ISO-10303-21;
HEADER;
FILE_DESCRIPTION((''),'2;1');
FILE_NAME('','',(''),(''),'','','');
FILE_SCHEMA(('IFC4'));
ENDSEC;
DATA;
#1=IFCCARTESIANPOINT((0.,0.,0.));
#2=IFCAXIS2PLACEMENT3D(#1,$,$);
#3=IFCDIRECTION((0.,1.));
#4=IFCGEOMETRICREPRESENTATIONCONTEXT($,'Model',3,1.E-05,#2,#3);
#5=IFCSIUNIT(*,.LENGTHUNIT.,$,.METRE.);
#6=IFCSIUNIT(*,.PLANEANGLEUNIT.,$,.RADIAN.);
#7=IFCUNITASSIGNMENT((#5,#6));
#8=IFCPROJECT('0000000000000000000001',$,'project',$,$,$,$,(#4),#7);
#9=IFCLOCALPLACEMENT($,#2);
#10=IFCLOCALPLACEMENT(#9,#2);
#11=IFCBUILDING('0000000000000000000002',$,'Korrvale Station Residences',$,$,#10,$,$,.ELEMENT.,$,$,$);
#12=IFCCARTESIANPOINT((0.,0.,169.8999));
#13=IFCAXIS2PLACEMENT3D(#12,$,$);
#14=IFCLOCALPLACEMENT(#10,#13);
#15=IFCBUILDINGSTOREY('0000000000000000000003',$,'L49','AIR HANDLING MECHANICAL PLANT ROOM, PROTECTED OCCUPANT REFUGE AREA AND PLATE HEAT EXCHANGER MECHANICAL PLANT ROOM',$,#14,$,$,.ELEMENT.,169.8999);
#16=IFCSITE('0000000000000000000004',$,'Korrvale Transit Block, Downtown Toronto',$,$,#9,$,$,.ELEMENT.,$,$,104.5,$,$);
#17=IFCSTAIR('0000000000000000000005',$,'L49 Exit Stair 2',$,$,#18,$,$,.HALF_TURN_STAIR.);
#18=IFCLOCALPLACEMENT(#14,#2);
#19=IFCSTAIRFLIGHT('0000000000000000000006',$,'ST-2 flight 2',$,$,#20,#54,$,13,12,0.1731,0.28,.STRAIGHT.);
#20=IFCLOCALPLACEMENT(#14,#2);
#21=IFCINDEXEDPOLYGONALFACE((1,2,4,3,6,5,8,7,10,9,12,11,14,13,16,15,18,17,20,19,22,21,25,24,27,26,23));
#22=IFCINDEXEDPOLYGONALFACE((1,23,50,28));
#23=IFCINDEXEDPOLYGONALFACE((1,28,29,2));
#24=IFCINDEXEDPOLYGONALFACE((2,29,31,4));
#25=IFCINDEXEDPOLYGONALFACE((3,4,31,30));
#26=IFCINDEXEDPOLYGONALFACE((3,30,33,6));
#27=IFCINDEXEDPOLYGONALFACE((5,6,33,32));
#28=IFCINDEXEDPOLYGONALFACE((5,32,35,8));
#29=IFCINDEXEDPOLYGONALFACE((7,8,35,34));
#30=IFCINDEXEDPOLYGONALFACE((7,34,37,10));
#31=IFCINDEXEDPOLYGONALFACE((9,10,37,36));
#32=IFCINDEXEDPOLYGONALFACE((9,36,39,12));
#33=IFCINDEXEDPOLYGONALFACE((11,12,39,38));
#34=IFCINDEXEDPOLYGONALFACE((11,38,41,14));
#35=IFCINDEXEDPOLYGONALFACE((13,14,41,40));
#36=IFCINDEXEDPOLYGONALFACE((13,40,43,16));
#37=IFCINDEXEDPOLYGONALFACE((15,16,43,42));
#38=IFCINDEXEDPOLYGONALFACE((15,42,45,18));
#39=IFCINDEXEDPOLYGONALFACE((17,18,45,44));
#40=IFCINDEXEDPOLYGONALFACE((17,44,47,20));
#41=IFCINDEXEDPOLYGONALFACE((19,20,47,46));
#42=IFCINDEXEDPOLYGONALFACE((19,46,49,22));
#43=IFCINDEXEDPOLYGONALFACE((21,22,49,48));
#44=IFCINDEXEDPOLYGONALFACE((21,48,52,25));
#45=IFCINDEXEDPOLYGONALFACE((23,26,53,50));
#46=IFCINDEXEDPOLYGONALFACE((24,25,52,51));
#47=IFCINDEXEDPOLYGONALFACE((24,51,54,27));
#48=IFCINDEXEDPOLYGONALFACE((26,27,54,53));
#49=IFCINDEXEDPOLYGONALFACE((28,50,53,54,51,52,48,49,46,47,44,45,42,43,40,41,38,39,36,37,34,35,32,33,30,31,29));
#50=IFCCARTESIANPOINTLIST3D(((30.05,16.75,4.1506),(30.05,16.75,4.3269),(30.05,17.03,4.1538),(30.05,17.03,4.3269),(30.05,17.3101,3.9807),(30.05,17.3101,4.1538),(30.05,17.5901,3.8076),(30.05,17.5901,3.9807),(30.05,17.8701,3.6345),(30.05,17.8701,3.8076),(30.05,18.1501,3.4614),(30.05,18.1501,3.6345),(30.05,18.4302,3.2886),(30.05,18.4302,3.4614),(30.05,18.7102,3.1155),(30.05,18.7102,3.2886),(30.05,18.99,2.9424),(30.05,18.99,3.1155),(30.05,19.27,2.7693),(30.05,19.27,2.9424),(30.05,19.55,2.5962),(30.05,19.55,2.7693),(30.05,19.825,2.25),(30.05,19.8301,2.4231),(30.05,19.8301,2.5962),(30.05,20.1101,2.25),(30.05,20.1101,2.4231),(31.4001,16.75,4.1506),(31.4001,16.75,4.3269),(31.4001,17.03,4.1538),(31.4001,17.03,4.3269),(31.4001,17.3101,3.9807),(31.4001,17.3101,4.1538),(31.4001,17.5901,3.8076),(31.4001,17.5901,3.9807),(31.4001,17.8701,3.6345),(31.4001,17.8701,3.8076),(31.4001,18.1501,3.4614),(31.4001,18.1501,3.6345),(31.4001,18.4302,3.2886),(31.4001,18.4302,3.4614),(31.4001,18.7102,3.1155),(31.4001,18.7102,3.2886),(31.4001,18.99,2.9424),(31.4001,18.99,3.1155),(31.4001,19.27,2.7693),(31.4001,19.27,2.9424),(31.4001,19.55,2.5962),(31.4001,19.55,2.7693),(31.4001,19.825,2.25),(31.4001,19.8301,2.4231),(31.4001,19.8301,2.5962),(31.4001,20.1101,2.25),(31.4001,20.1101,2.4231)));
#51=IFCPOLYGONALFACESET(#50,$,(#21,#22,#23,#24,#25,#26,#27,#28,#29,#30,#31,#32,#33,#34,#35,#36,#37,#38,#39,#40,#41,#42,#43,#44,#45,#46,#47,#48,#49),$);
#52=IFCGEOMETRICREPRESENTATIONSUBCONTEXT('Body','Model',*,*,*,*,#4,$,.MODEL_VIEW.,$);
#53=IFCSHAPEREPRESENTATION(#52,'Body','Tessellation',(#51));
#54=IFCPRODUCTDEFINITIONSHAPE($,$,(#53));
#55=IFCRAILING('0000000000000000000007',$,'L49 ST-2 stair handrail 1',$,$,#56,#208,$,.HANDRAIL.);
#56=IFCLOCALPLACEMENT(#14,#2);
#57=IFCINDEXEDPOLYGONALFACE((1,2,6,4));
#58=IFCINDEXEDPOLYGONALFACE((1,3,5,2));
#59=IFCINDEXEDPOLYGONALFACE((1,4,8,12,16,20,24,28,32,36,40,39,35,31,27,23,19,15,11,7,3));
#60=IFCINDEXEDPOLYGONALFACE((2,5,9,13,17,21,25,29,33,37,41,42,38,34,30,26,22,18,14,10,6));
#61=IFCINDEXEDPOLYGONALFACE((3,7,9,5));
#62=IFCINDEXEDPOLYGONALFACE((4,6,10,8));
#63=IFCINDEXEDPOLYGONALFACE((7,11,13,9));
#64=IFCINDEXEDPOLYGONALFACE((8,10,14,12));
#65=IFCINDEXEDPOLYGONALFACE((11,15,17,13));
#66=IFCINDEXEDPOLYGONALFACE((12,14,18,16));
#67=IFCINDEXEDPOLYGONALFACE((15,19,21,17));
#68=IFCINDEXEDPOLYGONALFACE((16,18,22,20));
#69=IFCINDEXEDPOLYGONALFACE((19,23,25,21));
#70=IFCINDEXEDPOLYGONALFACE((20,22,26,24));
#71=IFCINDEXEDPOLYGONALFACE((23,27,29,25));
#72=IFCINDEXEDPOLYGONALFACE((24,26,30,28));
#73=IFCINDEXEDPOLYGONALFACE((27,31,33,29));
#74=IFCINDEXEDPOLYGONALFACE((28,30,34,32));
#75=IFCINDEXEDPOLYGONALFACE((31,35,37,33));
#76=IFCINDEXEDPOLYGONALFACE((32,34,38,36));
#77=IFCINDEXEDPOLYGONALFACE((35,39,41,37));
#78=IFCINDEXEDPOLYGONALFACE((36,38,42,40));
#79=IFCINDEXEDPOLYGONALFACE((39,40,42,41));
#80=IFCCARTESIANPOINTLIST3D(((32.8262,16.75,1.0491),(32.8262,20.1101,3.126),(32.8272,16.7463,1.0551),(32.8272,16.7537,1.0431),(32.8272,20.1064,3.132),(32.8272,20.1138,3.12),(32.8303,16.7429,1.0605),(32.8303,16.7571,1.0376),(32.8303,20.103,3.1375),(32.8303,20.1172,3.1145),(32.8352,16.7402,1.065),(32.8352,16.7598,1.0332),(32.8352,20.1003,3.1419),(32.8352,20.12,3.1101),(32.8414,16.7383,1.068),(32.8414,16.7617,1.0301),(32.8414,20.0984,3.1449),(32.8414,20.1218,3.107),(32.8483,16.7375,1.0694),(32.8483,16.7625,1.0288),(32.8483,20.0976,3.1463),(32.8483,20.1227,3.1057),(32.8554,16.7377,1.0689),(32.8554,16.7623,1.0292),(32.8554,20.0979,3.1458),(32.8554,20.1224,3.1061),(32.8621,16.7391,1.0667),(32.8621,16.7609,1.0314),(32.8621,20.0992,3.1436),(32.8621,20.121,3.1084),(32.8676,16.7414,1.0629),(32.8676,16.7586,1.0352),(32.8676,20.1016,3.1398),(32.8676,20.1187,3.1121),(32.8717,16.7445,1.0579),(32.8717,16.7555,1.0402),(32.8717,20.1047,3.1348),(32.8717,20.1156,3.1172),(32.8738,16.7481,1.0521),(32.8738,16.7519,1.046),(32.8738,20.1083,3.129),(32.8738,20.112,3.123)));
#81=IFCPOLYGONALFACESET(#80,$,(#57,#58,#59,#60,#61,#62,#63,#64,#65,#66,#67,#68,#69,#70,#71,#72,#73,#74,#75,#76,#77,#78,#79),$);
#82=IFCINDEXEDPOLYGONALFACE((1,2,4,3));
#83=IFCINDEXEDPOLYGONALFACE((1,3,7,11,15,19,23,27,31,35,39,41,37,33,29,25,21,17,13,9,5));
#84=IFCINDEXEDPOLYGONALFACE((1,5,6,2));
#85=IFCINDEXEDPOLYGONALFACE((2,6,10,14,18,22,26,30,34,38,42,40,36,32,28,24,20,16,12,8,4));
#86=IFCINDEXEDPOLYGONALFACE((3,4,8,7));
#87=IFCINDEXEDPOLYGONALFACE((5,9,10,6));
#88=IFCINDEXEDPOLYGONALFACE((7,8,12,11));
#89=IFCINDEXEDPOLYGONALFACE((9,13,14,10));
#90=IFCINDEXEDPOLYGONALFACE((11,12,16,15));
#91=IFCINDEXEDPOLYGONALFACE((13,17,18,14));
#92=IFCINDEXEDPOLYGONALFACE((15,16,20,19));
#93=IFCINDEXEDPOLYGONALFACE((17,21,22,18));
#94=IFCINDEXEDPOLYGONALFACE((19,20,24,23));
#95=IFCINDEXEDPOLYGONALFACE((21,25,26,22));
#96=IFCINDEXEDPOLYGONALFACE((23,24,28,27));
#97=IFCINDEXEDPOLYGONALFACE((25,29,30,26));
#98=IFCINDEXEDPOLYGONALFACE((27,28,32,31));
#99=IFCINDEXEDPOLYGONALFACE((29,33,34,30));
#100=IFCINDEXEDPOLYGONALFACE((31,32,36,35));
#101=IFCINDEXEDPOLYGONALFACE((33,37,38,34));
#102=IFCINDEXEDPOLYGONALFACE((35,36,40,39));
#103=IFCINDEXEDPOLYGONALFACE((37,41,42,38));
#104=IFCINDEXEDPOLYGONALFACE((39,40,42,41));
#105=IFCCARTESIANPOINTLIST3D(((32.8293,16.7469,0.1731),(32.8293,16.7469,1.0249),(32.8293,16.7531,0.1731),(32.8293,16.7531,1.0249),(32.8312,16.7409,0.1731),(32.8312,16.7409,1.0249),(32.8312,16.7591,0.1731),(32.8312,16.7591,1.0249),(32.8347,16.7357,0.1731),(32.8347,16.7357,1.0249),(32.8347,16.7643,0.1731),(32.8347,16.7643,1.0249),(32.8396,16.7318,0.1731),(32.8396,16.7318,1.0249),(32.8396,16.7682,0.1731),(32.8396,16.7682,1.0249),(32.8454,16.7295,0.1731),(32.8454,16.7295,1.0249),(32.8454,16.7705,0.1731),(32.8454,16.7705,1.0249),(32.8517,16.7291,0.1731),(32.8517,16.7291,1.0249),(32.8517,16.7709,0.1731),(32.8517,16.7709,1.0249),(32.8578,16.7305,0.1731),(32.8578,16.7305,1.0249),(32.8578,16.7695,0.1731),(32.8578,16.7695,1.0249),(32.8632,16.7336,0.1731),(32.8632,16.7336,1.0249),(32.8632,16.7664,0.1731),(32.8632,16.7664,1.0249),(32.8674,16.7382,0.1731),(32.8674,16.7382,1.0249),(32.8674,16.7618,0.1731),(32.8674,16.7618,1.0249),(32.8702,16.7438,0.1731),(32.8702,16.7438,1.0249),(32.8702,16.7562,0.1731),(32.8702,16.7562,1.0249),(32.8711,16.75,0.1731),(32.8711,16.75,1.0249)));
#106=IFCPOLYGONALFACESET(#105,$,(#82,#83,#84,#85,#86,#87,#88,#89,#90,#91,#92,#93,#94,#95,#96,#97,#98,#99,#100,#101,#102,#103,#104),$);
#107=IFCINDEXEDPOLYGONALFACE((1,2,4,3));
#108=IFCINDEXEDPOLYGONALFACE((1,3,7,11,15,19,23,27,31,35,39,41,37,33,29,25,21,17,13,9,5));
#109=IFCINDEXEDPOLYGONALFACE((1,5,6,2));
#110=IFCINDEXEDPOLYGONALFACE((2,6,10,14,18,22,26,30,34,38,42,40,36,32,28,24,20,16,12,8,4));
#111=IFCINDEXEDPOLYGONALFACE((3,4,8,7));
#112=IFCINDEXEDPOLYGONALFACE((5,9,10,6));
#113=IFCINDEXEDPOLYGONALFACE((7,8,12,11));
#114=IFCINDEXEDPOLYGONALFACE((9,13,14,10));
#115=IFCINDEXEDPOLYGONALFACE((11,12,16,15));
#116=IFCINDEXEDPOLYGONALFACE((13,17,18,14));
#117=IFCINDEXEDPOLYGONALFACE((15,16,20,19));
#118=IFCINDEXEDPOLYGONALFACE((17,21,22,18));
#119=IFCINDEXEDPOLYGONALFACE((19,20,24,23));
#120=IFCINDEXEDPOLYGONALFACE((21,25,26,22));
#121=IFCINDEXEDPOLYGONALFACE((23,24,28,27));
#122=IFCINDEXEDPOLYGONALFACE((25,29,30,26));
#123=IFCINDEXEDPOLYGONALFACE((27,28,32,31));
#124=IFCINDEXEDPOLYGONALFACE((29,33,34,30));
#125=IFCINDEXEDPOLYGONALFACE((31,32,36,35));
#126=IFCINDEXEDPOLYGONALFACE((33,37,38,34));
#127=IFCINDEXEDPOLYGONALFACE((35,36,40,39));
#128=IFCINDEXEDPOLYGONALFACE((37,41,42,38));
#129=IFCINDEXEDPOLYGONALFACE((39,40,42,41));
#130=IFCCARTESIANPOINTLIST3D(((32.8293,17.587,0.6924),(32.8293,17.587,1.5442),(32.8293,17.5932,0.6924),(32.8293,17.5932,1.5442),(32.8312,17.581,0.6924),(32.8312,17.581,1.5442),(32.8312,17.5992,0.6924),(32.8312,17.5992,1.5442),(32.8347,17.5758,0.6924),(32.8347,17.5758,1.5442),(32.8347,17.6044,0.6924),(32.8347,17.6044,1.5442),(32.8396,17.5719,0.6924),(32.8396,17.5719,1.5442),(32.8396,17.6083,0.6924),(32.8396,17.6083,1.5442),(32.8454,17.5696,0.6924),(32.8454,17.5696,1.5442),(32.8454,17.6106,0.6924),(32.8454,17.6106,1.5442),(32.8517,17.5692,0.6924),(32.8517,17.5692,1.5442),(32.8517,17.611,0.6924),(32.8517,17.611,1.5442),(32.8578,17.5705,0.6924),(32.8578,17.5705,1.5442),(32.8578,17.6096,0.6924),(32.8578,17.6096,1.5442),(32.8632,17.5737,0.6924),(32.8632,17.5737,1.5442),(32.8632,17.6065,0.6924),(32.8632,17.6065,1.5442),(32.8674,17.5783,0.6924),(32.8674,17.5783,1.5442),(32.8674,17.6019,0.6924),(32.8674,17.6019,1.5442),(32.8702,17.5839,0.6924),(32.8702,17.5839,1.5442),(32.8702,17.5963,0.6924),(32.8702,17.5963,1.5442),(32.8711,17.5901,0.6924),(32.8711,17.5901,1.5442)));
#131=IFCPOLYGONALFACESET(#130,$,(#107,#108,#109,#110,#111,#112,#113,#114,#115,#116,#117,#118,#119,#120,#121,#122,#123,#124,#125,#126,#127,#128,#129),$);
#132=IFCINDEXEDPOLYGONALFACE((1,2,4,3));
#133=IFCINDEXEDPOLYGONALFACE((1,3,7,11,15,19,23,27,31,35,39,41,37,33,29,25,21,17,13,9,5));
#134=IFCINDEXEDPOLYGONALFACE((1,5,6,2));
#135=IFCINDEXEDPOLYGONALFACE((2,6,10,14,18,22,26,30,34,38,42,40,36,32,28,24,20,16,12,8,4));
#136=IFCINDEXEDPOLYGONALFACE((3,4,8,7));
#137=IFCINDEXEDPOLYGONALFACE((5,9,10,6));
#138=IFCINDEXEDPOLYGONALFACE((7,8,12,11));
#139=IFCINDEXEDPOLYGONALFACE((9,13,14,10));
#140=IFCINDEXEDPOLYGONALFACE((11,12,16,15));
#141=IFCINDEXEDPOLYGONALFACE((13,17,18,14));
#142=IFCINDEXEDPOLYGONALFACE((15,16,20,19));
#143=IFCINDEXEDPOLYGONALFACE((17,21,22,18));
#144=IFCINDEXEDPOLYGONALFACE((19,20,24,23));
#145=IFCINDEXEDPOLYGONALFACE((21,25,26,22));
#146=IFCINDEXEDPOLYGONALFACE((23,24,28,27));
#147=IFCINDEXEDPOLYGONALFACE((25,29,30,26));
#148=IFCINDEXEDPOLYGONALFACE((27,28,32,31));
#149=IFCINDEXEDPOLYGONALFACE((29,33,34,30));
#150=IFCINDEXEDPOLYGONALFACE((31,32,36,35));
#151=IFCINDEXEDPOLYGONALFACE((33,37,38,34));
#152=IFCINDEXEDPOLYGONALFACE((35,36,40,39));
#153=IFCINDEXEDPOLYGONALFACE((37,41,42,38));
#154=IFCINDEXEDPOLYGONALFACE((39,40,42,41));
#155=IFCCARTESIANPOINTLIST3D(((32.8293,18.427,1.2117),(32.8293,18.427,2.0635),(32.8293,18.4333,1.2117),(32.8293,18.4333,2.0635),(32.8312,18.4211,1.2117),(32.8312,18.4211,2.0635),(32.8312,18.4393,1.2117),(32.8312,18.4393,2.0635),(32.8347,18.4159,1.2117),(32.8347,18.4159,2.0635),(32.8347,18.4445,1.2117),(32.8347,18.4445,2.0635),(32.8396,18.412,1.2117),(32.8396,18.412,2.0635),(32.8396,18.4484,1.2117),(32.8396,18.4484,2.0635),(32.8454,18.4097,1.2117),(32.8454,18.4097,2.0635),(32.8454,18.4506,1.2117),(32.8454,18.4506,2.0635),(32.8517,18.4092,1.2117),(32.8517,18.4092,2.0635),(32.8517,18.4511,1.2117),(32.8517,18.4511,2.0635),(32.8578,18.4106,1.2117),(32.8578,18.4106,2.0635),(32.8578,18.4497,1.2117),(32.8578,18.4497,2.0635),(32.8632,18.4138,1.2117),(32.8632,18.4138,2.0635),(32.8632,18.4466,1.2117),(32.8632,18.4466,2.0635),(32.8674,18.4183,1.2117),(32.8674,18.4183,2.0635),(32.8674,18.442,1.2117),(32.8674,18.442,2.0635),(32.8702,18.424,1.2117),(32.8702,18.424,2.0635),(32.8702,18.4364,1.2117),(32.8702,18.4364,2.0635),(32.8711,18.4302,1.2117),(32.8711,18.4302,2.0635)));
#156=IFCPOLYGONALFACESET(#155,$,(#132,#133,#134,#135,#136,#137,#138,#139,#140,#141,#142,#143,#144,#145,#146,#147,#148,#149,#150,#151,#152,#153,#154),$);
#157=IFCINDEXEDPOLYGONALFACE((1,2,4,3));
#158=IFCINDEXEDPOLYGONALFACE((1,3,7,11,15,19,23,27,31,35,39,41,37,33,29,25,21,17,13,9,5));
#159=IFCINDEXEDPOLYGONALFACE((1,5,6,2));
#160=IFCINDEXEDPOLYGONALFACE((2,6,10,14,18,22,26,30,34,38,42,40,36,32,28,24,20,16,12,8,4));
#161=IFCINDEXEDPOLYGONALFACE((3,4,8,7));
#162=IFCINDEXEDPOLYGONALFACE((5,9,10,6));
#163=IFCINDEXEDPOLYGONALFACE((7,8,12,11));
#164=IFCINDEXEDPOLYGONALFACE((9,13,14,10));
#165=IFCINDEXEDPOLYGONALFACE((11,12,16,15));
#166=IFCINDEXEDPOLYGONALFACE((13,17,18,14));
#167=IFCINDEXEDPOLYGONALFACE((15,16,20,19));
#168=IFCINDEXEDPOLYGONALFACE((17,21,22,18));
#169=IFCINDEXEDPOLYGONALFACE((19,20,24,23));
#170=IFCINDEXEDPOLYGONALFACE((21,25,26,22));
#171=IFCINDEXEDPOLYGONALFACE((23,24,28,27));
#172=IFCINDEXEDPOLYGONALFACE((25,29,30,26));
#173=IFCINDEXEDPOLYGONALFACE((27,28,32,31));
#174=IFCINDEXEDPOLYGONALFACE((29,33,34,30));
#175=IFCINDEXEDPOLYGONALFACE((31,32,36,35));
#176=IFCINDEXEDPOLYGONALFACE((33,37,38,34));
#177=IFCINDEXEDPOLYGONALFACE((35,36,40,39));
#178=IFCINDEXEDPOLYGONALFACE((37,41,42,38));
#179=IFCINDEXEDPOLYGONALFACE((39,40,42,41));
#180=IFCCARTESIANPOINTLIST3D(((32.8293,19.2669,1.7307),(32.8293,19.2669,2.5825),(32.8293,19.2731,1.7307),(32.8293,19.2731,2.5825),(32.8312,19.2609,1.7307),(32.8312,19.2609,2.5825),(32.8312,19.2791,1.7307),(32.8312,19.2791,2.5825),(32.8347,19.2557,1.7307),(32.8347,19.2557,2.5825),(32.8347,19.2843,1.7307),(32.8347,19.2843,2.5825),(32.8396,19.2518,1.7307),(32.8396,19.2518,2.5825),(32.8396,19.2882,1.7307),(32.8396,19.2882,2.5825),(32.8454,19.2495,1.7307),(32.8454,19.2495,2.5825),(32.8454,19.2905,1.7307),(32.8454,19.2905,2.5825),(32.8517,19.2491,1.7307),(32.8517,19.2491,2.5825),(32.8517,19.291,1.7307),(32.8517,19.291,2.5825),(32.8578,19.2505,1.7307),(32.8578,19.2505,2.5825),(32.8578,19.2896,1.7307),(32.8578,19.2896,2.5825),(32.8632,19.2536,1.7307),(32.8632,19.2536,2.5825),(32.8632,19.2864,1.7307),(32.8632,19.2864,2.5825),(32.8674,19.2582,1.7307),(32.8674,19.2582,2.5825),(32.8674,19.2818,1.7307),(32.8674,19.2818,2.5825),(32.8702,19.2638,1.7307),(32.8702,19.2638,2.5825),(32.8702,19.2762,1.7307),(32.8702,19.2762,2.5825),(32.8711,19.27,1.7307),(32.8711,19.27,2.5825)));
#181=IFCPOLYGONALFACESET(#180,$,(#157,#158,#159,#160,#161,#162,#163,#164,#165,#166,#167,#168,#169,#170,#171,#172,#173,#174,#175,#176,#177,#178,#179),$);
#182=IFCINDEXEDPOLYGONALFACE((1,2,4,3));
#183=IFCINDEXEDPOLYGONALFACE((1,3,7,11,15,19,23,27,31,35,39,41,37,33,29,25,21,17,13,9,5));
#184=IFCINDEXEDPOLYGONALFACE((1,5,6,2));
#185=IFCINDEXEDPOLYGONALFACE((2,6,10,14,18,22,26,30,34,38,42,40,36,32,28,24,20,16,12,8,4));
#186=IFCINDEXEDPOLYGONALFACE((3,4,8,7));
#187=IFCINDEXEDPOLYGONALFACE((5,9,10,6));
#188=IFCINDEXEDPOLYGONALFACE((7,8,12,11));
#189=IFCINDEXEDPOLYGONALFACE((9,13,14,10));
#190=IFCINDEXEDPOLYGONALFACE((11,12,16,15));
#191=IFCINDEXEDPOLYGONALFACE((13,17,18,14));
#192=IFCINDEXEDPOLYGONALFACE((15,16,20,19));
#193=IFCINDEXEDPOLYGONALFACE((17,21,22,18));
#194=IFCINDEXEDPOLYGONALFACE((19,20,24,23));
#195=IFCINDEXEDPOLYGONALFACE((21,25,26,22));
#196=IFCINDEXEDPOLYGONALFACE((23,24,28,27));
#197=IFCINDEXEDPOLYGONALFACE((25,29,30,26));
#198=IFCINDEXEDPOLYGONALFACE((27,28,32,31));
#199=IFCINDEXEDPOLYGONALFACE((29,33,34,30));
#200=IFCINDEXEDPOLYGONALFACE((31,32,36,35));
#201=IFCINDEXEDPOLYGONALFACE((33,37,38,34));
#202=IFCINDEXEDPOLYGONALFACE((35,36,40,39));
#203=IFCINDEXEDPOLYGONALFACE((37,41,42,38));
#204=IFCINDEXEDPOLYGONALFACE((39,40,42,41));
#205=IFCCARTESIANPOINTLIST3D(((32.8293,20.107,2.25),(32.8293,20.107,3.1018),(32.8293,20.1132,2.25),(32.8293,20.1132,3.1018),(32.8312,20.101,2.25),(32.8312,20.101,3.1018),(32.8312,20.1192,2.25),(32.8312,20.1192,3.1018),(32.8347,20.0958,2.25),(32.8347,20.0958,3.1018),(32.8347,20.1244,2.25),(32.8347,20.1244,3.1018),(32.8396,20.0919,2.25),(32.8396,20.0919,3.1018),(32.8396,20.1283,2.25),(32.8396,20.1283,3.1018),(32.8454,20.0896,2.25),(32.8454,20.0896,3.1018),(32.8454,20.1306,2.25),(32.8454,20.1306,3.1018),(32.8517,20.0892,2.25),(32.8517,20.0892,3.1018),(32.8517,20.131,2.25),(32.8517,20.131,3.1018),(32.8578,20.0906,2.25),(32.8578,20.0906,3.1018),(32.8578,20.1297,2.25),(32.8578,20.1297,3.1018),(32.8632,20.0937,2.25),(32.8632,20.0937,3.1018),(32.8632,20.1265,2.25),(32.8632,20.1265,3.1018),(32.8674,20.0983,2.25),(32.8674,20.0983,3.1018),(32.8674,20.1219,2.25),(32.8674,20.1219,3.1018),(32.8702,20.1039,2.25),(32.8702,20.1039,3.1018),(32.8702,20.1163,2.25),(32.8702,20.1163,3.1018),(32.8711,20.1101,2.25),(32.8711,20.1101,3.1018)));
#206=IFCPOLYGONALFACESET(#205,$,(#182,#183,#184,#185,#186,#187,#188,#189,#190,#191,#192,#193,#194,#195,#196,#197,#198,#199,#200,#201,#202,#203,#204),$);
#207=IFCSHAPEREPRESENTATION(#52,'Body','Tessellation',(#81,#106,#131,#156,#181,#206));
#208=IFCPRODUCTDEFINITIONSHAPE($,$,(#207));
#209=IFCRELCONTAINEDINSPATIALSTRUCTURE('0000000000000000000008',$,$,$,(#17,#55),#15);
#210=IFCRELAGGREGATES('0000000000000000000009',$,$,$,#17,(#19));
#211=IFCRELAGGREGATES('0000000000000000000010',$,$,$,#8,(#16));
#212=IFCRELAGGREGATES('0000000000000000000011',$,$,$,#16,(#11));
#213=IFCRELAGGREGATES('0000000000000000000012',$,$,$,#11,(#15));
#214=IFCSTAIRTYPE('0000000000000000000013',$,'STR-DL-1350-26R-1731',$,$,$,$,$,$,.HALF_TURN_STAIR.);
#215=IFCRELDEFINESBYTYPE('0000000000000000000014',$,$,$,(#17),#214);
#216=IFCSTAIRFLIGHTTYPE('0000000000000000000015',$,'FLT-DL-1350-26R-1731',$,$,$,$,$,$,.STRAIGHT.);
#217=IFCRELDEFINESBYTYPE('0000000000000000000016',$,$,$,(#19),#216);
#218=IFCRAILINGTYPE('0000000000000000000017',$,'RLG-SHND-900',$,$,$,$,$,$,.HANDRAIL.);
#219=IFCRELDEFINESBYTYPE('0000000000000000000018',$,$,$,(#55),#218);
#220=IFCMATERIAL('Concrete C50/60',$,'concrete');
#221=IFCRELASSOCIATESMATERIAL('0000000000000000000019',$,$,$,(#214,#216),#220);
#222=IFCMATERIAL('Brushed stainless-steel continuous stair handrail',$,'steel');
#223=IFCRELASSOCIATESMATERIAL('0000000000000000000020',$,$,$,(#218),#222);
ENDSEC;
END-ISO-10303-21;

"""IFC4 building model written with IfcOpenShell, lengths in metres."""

from ifc_helpers import new_model, si_unit, direction, frame, origin, origin_2d, place, context, subcontext, project, spatial, polyline, circle, outline, extrude, material, type_object, element, aggregate, save


model = new_model("IFC4")

# Units and contexts
model_context = context("Model", 3, precision=1e-05, world=origin(), true_north=direction((0.0, 1.0)))
body_context = subcontext(model_context, "Body", "Model", "MODEL_VIEW")
ifc_project = project(units=[si_unit("LENGTHUNIT", "METRE"), si_unit("PLANEANGLEUNIT", "RADIAN")], contexts=[model_context])

# Site, building, storey
site_placement = place(None, origin())
site = spatial("IfcSite", under=ifc_project, at=site_placement, Name="Korrvale Transit Block, Downtown Toronto", CompositionType="ELEMENT", RefElevation=104.5)
building_placement = place(site_placement, origin())
building = spatial("IfcBuilding", under=site, at=building_placement, Name="Korrvale Station Residences", CompositionType="ELEMENT")
storey_placement = place(building_placement, frame((0.0, 0.0, 169.8999)))
storey = spatial("IfcBuildingStorey", under=building, at=storey_placement, Name="L49", Description="AIR HANDLING MECHANICAL PLANT ROOM, PROTECTED OCCUPANT REFUGE AREA AND PLATE HEAT EXCHANGER MECHANICAL PLANT ROOM", CompositionType="ELEMENT", Elevation=169.8999)

# Stair, stair flight
ifc_material_1 = material(Name="Concrete C50/60", Category="concrete")
stair_type = type_object("IfcStairType", Name="STR-DL-1350-26R-1731", PredefinedType="HALF_TURN_STAIR", material=ifc_material_1)
stair_placement = place(storey_placement, origin())
stair = element("IfcStair", 1, at=stair_placement, inside=storey, type_object=stair_type, Name="L49 Exit Stair 2", PredefinedType="HALF_TURN_STAIR")
stair_flight_type = type_object("IfcStairFlightType", Name="FLT-DL-1350-26R-1731", PredefinedType="STRAIGHT", material=ifc_material_1)
stair_flight_1_placement = place(storey_placement, frame((30.7251, 20.1101, 2.25), z_axis=(0.0, 0.0, 1.0), x_axis=(0.0, -1.0, 0.0)))
stair_flight_1 = element("IfcStairFlight", 2, at=stair_flight_1_placement, type_object=stair_flight_type, Name="ST-2 flight 2", NumberOfRisers=13, NumberOfTreads=12, PredefinedType="STRAIGHT", RiserHeight=0.1731, TreadLength=0.28, context=body_context, shape_type="SweptSolid", body=[
    extrude(outline(polyline([(0.0, 0.0), (0.0, 0.1731), (0.28, 0.1731), (0.28, 0.3462), (0.5601, 0.3462), (0.5601, 0.5193), (0.8401, 0.5193), (0.8401, 0.6924), (1.1201, 0.6924), (1.1201, 0.8655), (1.3999, 0.8655), (1.3999, 1.0386), (1.6799, 1.0386), (1.6799, 1.2114), (1.96, 1.2114), (1.96, 1.3845), (2.24, 1.3845), (2.24, 1.5576), (2.52, 1.5576), (2.52, 1.7307), (2.8, 1.7307), (2.8, 1.9038), (3.0801, 1.9038), (3.0801, 2.0769), (3.3601, 2.0769), (3.3601, 2.25), (3.3601, 1.9006), (0.2852, 0.0), (0.0, 0.0)])), frame((0.0, 0.675, 0.0), z_axis=(0.0, -1.0, 0.0), x_axis=(1.0, 0.0, 0.0)), (0.0, 0.0, 1.0), 1.3501),
])
aggregate(stair, [stair_flight_1])

# Railing
ifc_material_2 = material(Name="Brushed stainless-steel continuous stair handrail", Category="steel")
railing_type_1 = type_object("IfcRailingType", Name="RLG-SHND-900", PredefinedType="HANDRAIL", material=ifc_material_2)
railing_1_placement = place(storey_placement, frame((32.8501, 16.75, 0.1731)))
element("IfcRailing", 3, at=railing_1_placement, inside=storey, type_object=railing_type_1, Name="L49 ST-2 stair handrail 1", PredefinedType="HANDRAIL", context=body_context, shape_type="SweptSolid", body=[
    extrude(circle(Radius=0.0239, at=origin_2d()), frame((0.0, 0.0, 0.876), z_axis=(0.0, 0.850623, 0.525776), x_axis=(-1.0, 0.0, 0.0)), (0.0, 0.0, 1.0), 3.9502),
    extrude(circle(Radius=0.021, at=origin_2d()), origin(), (0.0, 0.0, 1.0), 0.8518),
    extrude(circle(Radius=0.021, at=origin_2d()), frame((0.0, 0.8401, 0.5193)), (0.0, 0.0, 1.0), 0.8518),
    extrude(circle(Radius=0.021, at=origin_2d()), frame((0.0, 1.6802, 1.0386)), (0.0, 0.0, 1.0), 0.8518),
    extrude(circle(Radius=0.021, at=origin_2d()), frame((0.0, 2.52, 1.5576)), (0.0, 0.0, 1.0), 0.8518),
    extrude(circle(Radius=0.021, at=origin_2d()), frame((0.0, 3.3601, 2.0769)), (0.0, 0.0, 1.0), 0.8518),
])

save(model, "model.ifc")
